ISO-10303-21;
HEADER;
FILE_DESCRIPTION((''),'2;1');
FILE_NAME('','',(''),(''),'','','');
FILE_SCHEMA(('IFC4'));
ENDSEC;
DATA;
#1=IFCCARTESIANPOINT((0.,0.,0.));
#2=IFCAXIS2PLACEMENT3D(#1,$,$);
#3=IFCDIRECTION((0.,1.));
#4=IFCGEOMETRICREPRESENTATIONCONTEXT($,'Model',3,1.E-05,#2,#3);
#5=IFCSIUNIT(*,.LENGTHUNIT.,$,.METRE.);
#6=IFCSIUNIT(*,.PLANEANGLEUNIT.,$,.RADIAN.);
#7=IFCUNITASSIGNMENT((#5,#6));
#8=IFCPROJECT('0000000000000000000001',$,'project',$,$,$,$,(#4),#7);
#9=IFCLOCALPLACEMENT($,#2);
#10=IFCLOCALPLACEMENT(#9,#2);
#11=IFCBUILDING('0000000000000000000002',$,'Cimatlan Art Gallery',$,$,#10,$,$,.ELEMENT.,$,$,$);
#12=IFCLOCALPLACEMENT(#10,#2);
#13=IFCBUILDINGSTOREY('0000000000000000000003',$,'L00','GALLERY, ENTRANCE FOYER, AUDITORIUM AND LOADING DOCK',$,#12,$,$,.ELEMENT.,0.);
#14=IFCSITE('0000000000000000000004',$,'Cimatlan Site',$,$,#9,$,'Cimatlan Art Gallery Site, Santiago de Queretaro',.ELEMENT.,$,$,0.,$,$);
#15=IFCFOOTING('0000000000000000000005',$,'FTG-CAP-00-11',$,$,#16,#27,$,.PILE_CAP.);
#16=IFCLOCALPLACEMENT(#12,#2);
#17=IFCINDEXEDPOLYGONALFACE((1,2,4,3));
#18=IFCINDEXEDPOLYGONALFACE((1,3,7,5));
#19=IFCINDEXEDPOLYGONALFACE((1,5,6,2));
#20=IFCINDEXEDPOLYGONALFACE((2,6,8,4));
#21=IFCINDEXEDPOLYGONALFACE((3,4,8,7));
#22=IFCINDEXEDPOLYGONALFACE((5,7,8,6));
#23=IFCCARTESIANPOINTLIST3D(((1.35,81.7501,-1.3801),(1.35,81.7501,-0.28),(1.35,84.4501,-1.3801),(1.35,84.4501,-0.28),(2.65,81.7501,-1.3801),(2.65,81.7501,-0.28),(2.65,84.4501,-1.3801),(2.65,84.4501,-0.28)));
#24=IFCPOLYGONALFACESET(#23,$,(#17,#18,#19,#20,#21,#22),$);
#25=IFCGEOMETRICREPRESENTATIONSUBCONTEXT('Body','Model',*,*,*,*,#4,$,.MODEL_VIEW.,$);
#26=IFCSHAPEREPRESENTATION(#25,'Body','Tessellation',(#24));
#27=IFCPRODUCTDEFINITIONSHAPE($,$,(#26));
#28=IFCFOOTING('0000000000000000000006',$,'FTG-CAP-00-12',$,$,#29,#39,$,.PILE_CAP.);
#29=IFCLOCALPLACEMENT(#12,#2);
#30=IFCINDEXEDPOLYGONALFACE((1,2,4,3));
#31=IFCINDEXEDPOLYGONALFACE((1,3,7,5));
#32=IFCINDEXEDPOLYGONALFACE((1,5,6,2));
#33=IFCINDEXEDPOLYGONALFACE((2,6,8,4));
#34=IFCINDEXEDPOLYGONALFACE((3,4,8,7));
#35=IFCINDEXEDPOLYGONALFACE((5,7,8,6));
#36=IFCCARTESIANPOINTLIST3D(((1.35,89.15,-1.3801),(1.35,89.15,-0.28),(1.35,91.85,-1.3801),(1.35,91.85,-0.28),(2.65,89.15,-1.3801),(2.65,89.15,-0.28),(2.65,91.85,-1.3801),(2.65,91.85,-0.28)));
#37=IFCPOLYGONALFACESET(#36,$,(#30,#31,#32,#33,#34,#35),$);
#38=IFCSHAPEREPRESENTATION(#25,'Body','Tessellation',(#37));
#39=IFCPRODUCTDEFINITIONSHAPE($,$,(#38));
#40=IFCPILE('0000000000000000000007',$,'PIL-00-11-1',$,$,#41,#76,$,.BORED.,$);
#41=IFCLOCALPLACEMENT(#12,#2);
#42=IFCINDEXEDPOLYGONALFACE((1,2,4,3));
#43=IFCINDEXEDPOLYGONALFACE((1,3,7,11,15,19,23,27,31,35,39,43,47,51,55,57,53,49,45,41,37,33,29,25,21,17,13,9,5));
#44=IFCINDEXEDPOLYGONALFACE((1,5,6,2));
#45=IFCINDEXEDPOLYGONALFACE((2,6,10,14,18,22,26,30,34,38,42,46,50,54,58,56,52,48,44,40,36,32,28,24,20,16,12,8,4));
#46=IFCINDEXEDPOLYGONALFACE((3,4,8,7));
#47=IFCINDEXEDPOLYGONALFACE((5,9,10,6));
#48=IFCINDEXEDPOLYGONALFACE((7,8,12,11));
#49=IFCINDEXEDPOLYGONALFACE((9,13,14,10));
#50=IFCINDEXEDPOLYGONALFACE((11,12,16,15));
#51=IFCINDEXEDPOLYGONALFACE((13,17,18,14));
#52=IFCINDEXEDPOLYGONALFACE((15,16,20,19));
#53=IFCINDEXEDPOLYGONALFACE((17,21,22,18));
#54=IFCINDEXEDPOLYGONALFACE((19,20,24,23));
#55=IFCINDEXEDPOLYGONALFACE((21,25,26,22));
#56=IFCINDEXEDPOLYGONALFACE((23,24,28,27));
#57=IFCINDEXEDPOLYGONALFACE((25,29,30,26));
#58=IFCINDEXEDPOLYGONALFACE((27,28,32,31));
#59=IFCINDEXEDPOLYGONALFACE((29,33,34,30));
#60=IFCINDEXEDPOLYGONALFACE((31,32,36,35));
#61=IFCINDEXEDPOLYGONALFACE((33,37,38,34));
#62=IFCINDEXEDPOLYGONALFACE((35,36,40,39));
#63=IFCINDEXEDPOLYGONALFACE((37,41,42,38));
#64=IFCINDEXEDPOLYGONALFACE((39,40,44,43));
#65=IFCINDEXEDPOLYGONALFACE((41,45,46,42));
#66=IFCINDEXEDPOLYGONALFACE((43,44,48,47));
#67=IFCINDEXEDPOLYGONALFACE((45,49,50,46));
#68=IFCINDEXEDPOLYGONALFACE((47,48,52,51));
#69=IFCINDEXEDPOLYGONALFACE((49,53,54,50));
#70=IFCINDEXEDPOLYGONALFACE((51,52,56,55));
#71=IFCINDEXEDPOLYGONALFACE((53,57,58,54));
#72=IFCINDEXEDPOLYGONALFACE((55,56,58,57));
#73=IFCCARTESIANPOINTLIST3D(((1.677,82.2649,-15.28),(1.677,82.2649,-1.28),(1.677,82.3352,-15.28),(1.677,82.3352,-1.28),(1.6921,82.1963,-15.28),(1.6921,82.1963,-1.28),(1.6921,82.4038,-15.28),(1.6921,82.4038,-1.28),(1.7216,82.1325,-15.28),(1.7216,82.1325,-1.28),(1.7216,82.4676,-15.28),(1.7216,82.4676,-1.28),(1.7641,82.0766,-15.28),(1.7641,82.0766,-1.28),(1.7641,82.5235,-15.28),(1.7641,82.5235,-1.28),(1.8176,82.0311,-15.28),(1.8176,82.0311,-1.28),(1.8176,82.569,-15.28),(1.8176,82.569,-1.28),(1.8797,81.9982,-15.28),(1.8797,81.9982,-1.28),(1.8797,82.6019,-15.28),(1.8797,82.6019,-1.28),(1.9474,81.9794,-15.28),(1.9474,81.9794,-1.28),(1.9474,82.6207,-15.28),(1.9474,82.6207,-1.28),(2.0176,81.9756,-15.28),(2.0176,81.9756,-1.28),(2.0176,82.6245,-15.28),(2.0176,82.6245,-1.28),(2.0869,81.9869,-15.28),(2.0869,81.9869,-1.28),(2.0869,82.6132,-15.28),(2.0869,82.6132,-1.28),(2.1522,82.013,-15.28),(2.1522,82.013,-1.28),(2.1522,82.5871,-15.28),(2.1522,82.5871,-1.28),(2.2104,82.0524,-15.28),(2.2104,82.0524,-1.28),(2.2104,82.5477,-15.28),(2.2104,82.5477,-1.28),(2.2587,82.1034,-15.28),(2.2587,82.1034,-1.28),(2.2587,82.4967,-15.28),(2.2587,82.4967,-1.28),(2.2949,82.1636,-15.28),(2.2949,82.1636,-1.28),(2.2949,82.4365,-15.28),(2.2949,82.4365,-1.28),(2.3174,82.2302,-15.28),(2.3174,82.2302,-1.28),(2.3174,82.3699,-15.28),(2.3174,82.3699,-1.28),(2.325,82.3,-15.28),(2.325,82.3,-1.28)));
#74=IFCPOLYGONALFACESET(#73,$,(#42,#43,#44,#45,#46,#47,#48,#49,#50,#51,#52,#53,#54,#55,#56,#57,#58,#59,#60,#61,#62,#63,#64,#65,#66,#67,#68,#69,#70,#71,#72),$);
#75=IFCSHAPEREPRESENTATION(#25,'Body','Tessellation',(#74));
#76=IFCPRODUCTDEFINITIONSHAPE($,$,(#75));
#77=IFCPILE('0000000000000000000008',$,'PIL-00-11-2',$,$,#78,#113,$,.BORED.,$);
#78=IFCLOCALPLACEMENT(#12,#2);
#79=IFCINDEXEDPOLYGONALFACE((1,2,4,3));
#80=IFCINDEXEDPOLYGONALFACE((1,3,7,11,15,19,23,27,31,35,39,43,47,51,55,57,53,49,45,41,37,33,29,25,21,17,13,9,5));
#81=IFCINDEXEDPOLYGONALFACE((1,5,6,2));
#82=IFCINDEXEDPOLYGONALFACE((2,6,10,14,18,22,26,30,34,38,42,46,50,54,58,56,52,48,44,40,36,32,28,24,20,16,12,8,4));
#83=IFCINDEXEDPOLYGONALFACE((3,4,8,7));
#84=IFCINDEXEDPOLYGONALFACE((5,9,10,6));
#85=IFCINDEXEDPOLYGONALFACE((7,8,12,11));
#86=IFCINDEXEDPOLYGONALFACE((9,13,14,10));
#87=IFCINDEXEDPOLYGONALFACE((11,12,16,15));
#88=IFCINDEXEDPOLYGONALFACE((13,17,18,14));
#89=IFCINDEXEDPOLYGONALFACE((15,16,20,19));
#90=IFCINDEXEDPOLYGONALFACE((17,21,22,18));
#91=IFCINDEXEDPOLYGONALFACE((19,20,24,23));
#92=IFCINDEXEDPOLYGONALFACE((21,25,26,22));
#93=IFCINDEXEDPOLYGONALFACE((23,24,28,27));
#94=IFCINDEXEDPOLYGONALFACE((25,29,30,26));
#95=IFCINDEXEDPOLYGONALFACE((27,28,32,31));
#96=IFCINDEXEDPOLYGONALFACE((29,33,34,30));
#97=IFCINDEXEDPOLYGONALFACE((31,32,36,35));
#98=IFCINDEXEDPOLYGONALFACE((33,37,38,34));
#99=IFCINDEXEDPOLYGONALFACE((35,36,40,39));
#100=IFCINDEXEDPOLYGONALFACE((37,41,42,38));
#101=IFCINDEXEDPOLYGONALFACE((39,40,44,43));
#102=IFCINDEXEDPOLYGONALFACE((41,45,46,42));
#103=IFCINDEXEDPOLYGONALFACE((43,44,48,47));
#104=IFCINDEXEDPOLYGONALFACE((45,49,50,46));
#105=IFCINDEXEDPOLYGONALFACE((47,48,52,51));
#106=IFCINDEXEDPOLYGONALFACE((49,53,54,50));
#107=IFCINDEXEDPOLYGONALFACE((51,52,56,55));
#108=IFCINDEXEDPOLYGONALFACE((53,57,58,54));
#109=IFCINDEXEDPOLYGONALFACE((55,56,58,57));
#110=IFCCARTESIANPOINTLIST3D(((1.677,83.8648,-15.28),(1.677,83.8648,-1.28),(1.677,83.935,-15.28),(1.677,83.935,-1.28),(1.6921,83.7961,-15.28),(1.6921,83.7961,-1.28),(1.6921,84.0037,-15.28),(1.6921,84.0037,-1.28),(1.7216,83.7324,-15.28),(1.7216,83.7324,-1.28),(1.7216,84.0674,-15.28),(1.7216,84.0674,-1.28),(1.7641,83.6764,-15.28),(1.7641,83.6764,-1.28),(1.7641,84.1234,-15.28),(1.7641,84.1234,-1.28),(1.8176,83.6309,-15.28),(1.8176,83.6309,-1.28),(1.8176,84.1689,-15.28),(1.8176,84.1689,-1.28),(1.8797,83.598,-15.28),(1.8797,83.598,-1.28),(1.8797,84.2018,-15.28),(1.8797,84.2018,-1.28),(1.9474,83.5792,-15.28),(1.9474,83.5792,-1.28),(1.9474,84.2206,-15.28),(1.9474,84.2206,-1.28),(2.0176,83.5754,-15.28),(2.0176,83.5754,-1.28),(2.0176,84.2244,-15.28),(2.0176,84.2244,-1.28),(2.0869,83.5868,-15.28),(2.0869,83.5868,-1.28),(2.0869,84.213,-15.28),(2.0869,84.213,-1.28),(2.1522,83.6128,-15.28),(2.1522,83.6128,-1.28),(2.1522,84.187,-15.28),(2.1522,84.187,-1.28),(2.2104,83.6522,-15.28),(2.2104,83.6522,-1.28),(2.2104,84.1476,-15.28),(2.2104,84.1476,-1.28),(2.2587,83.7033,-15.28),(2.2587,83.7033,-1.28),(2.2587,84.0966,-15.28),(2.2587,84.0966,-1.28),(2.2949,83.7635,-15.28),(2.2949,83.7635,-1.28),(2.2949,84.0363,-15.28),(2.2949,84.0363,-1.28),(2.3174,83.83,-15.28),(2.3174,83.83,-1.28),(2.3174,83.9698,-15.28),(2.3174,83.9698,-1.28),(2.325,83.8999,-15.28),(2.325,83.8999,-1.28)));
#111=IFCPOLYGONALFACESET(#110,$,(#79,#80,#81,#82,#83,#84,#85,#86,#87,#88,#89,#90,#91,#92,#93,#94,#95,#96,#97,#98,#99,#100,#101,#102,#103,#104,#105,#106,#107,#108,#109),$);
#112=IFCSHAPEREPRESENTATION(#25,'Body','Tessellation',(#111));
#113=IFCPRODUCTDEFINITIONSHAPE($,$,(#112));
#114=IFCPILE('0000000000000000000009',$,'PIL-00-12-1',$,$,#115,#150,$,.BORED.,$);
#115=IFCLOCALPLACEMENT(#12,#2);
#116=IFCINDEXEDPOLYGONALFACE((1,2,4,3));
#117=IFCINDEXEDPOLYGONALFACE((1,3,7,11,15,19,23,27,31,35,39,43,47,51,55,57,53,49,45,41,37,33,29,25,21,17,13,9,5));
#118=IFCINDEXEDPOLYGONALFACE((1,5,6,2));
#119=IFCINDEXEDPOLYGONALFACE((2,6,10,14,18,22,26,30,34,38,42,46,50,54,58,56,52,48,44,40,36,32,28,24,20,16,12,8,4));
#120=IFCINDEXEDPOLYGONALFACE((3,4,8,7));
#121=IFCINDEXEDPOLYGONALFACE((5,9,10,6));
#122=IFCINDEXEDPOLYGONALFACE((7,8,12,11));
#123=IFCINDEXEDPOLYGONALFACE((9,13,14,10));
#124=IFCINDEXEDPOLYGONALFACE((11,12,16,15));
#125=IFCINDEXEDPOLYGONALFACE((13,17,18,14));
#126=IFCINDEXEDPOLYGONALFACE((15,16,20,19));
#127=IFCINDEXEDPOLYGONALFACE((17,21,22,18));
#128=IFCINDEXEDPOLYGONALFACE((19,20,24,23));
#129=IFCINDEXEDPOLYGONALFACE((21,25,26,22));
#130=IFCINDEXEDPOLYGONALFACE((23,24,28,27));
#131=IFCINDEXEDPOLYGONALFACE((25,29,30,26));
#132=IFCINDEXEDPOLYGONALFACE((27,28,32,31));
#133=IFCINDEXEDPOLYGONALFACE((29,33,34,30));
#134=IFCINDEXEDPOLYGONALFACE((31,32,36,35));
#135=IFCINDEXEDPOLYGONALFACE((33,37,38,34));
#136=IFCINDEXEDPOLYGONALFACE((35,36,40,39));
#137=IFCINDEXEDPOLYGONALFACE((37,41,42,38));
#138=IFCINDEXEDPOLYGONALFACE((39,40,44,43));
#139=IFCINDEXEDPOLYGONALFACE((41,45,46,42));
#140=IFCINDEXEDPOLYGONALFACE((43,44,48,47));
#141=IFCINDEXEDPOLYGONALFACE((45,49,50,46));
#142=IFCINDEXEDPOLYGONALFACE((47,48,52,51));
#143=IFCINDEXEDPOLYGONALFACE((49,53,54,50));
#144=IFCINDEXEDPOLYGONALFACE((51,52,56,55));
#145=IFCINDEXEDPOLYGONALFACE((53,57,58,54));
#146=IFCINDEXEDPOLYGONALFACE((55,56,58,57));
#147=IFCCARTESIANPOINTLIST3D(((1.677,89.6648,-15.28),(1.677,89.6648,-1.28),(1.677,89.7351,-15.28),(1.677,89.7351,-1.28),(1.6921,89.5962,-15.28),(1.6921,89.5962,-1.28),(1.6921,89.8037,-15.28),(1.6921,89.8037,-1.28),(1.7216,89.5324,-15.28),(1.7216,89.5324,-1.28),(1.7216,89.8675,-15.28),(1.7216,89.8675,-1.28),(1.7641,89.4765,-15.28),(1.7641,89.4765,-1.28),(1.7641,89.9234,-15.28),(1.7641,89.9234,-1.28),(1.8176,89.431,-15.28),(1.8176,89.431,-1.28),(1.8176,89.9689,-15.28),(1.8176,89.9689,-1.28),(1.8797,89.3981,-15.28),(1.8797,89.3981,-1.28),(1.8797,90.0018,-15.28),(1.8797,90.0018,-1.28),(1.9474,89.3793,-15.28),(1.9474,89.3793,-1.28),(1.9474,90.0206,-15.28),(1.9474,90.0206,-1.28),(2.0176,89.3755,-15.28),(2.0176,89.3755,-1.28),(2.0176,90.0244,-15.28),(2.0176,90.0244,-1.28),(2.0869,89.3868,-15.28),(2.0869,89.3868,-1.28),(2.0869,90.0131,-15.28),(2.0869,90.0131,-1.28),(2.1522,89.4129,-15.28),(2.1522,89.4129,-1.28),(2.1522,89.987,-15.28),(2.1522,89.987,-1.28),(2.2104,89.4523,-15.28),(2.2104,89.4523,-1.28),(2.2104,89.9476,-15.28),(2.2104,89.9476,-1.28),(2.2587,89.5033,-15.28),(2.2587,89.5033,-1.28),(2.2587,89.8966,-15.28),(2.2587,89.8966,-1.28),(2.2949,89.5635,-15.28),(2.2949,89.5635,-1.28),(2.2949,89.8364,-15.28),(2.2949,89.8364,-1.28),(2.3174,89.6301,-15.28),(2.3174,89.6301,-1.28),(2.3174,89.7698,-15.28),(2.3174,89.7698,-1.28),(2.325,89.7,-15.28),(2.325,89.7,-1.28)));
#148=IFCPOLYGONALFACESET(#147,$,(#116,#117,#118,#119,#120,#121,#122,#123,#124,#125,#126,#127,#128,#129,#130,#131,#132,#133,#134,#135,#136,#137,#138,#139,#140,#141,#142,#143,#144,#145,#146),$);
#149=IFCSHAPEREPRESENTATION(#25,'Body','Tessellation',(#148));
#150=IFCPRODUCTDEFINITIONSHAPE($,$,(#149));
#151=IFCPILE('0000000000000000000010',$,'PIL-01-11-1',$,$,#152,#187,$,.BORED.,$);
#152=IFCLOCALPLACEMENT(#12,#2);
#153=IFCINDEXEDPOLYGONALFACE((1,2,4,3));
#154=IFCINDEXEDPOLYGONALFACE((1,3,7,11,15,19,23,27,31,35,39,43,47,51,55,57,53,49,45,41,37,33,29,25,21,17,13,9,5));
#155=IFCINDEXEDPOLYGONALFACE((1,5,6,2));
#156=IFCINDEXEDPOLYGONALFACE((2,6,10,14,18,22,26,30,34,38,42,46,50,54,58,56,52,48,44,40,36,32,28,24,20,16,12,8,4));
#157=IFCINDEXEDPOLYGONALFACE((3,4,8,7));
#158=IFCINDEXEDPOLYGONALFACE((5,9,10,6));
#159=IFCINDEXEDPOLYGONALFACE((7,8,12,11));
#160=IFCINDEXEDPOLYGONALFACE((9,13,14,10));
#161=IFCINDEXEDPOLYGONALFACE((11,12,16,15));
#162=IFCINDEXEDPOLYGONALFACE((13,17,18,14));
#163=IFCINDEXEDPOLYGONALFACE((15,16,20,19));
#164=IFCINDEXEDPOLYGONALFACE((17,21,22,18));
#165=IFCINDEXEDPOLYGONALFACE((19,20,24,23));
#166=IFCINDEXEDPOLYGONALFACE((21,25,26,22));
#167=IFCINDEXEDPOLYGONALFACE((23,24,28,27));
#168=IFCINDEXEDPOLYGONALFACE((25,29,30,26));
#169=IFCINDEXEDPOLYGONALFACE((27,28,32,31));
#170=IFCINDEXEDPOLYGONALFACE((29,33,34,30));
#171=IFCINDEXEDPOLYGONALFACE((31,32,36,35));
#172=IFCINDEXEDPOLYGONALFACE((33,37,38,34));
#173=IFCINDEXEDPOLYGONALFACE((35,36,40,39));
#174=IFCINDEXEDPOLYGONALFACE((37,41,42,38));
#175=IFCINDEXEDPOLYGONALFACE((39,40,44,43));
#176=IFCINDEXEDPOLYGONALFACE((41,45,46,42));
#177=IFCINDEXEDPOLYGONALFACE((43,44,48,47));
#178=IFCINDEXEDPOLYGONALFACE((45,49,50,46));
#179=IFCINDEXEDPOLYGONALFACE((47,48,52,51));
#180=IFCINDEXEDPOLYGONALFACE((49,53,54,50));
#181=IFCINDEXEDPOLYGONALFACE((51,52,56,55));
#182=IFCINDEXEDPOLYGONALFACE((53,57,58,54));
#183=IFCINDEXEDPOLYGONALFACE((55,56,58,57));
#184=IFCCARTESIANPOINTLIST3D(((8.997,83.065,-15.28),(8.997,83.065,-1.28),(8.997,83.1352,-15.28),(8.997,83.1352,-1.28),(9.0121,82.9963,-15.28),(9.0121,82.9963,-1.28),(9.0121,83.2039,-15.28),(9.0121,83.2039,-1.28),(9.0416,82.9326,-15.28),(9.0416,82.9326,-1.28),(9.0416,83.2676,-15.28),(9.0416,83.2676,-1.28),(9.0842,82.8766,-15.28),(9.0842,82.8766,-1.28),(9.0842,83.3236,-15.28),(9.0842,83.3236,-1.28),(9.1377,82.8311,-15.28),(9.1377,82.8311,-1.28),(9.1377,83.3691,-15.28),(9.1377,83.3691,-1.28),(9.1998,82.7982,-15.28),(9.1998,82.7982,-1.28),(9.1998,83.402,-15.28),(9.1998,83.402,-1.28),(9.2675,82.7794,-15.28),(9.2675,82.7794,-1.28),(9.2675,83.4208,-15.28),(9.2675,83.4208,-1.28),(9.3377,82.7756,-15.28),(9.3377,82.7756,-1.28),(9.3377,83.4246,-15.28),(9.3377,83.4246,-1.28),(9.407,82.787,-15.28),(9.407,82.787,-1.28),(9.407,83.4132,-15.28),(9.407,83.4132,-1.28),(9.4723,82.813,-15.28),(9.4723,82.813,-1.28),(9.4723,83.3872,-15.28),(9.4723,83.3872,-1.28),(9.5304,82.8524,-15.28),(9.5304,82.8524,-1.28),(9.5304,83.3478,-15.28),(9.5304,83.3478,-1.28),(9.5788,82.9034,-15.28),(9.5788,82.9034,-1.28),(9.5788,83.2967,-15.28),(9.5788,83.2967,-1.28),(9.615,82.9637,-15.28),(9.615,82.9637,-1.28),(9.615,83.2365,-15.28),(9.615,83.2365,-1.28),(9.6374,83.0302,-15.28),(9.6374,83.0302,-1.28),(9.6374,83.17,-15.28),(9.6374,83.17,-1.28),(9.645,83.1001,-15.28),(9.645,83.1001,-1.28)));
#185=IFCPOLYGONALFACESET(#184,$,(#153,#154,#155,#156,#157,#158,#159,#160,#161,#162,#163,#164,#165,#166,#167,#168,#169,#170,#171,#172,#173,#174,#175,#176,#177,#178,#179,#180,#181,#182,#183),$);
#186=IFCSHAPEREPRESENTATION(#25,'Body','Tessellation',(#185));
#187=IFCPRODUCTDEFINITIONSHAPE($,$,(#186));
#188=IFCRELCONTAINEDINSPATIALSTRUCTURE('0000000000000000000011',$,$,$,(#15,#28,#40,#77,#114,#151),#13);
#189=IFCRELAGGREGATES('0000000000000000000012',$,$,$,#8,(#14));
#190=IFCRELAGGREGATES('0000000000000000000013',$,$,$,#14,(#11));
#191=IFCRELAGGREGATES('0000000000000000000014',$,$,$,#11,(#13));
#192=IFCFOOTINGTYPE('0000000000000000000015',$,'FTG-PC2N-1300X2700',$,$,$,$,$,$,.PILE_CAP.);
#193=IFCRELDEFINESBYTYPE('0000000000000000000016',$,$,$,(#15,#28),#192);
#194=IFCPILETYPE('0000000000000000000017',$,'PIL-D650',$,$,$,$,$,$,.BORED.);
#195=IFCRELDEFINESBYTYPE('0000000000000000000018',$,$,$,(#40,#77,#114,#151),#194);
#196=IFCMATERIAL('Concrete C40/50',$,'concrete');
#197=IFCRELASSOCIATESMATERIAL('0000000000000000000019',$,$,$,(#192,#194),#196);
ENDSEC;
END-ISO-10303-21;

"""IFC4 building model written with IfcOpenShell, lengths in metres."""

from ifc_helpers import new_model, si_unit, direction, frame, origin, origin_2d, place, context, subcontext, project, spatial, rectangle, circle, extrude, material, type_object, element, save


model = new_model("IFC4")

# Units and contexts
model_context = context("Model", 3, precision=1e-05, world=origin(), true_north=direction((0.0, 1.0)))
body_context = subcontext(model_context, "Body", "Model", "MODEL_VIEW")
ifc_project = project(units=[si_unit("LENGTHUNIT", "METRE"), si_unit("PLANEANGLEUNIT", "RADIAN")], contexts=[model_context])

# Site, building, storey
site_placement = place(None, origin())
site = spatial("IfcSite", under=ifc_project, at=site_placement, Name="Cimatlan Site", LongName="Cimatlan Art Gallery Site, Santiago de Queretaro", CompositionType="ELEMENT", RefElevation=0.0)
building_placement = place(site_placement, origin())
building = spatial("IfcBuilding", under=site, at=building_placement, Name="Cimatlan Art Gallery", CompositionType="ELEMENT")
storey_placement = place(building_placement, origin())
storey = spatial("IfcBuildingStorey", under=building, at=storey_placement, Name="L00", Description="GALLERY, ENTRANCE FOYER, AUDITORIUM AND LOADING DOCK", CompositionType="ELEMENT", Elevation=0.0)

# Footings
ifc_material_1 = material(Name="Concrete C40/50", Category="concrete")
footing_type = type_object("IfcFootingType", Name="FTG-PC2N-1300X2700", PredefinedType="PILE_CAP", material=ifc_material_1)
for number, where, z_axis, x_axis, name in (
    (1, (2.0, 83.1001, -1.3801), (0.0, 0.0, 1.0), (1.0, 0.0, 0.0), "FTG-CAP-00-11"),
    (2, (2.0, 90.5, -1.3801), (0.0, 0.0, 1.0), (1.0, 0.0, 0.0), "FTG-CAP-00-12"),
):
    element("IfcFooting", number, at=place(storey_placement, frame(where, z_axis=z_axis, x_axis=x_axis)), inside=storey, type_object=footing_type, Name=name, PredefinedType="PILE_CAP", context=body_context, shape_type="SweptSolid", body=[
        extrude(rectangle(XDim=1.3, YDim=2.7, at=origin_2d()), origin(), (0.0, 0.0, 1.0), 1.1001),
    ])

# Piles
pile_type = type_object("IfcPileType", Name="PIL-D650", PredefinedType="BORED", material=ifc_material_1)
for number, where, z_axis, x_axis, name in (
    (3, (2.0, 82.3, -1.28), (0.0, 0.0, -1.0), (1.0, 0.0, 0.0), "PIL-00-11-1"),
    (4, (2.0, 83.8999, -1.28), (0.0, 0.0, -1.0), (1.0, 0.0, 0.0), "PIL-00-11-2"),
    (5, (2.0, 89.7, -1.28), (0.0, 0.0, -1.0), (1.0, 0.0, 0.0), "PIL-00-12-1"),
    (6, (9.3201, 83.1001, -1.28), (0.0, 0.0, -1.0), (1.0, 0.0, 0.0), "PIL-01-11-1"),
):
    element("IfcPile", number, at=place(storey_placement, frame(where, z_axis=z_axis, x_axis=x_axis)), inside=storey, type_object=pile_type, Name=name, PredefinedType="BORED", context=body_context, shape_type="SweptSolid", body=[
        extrude(circle(Radius=0.325, at=origin_2d()), origin(), (0.0, 0.0, 1.0), 14.0),
    ])

save(model, "model.ifc")
